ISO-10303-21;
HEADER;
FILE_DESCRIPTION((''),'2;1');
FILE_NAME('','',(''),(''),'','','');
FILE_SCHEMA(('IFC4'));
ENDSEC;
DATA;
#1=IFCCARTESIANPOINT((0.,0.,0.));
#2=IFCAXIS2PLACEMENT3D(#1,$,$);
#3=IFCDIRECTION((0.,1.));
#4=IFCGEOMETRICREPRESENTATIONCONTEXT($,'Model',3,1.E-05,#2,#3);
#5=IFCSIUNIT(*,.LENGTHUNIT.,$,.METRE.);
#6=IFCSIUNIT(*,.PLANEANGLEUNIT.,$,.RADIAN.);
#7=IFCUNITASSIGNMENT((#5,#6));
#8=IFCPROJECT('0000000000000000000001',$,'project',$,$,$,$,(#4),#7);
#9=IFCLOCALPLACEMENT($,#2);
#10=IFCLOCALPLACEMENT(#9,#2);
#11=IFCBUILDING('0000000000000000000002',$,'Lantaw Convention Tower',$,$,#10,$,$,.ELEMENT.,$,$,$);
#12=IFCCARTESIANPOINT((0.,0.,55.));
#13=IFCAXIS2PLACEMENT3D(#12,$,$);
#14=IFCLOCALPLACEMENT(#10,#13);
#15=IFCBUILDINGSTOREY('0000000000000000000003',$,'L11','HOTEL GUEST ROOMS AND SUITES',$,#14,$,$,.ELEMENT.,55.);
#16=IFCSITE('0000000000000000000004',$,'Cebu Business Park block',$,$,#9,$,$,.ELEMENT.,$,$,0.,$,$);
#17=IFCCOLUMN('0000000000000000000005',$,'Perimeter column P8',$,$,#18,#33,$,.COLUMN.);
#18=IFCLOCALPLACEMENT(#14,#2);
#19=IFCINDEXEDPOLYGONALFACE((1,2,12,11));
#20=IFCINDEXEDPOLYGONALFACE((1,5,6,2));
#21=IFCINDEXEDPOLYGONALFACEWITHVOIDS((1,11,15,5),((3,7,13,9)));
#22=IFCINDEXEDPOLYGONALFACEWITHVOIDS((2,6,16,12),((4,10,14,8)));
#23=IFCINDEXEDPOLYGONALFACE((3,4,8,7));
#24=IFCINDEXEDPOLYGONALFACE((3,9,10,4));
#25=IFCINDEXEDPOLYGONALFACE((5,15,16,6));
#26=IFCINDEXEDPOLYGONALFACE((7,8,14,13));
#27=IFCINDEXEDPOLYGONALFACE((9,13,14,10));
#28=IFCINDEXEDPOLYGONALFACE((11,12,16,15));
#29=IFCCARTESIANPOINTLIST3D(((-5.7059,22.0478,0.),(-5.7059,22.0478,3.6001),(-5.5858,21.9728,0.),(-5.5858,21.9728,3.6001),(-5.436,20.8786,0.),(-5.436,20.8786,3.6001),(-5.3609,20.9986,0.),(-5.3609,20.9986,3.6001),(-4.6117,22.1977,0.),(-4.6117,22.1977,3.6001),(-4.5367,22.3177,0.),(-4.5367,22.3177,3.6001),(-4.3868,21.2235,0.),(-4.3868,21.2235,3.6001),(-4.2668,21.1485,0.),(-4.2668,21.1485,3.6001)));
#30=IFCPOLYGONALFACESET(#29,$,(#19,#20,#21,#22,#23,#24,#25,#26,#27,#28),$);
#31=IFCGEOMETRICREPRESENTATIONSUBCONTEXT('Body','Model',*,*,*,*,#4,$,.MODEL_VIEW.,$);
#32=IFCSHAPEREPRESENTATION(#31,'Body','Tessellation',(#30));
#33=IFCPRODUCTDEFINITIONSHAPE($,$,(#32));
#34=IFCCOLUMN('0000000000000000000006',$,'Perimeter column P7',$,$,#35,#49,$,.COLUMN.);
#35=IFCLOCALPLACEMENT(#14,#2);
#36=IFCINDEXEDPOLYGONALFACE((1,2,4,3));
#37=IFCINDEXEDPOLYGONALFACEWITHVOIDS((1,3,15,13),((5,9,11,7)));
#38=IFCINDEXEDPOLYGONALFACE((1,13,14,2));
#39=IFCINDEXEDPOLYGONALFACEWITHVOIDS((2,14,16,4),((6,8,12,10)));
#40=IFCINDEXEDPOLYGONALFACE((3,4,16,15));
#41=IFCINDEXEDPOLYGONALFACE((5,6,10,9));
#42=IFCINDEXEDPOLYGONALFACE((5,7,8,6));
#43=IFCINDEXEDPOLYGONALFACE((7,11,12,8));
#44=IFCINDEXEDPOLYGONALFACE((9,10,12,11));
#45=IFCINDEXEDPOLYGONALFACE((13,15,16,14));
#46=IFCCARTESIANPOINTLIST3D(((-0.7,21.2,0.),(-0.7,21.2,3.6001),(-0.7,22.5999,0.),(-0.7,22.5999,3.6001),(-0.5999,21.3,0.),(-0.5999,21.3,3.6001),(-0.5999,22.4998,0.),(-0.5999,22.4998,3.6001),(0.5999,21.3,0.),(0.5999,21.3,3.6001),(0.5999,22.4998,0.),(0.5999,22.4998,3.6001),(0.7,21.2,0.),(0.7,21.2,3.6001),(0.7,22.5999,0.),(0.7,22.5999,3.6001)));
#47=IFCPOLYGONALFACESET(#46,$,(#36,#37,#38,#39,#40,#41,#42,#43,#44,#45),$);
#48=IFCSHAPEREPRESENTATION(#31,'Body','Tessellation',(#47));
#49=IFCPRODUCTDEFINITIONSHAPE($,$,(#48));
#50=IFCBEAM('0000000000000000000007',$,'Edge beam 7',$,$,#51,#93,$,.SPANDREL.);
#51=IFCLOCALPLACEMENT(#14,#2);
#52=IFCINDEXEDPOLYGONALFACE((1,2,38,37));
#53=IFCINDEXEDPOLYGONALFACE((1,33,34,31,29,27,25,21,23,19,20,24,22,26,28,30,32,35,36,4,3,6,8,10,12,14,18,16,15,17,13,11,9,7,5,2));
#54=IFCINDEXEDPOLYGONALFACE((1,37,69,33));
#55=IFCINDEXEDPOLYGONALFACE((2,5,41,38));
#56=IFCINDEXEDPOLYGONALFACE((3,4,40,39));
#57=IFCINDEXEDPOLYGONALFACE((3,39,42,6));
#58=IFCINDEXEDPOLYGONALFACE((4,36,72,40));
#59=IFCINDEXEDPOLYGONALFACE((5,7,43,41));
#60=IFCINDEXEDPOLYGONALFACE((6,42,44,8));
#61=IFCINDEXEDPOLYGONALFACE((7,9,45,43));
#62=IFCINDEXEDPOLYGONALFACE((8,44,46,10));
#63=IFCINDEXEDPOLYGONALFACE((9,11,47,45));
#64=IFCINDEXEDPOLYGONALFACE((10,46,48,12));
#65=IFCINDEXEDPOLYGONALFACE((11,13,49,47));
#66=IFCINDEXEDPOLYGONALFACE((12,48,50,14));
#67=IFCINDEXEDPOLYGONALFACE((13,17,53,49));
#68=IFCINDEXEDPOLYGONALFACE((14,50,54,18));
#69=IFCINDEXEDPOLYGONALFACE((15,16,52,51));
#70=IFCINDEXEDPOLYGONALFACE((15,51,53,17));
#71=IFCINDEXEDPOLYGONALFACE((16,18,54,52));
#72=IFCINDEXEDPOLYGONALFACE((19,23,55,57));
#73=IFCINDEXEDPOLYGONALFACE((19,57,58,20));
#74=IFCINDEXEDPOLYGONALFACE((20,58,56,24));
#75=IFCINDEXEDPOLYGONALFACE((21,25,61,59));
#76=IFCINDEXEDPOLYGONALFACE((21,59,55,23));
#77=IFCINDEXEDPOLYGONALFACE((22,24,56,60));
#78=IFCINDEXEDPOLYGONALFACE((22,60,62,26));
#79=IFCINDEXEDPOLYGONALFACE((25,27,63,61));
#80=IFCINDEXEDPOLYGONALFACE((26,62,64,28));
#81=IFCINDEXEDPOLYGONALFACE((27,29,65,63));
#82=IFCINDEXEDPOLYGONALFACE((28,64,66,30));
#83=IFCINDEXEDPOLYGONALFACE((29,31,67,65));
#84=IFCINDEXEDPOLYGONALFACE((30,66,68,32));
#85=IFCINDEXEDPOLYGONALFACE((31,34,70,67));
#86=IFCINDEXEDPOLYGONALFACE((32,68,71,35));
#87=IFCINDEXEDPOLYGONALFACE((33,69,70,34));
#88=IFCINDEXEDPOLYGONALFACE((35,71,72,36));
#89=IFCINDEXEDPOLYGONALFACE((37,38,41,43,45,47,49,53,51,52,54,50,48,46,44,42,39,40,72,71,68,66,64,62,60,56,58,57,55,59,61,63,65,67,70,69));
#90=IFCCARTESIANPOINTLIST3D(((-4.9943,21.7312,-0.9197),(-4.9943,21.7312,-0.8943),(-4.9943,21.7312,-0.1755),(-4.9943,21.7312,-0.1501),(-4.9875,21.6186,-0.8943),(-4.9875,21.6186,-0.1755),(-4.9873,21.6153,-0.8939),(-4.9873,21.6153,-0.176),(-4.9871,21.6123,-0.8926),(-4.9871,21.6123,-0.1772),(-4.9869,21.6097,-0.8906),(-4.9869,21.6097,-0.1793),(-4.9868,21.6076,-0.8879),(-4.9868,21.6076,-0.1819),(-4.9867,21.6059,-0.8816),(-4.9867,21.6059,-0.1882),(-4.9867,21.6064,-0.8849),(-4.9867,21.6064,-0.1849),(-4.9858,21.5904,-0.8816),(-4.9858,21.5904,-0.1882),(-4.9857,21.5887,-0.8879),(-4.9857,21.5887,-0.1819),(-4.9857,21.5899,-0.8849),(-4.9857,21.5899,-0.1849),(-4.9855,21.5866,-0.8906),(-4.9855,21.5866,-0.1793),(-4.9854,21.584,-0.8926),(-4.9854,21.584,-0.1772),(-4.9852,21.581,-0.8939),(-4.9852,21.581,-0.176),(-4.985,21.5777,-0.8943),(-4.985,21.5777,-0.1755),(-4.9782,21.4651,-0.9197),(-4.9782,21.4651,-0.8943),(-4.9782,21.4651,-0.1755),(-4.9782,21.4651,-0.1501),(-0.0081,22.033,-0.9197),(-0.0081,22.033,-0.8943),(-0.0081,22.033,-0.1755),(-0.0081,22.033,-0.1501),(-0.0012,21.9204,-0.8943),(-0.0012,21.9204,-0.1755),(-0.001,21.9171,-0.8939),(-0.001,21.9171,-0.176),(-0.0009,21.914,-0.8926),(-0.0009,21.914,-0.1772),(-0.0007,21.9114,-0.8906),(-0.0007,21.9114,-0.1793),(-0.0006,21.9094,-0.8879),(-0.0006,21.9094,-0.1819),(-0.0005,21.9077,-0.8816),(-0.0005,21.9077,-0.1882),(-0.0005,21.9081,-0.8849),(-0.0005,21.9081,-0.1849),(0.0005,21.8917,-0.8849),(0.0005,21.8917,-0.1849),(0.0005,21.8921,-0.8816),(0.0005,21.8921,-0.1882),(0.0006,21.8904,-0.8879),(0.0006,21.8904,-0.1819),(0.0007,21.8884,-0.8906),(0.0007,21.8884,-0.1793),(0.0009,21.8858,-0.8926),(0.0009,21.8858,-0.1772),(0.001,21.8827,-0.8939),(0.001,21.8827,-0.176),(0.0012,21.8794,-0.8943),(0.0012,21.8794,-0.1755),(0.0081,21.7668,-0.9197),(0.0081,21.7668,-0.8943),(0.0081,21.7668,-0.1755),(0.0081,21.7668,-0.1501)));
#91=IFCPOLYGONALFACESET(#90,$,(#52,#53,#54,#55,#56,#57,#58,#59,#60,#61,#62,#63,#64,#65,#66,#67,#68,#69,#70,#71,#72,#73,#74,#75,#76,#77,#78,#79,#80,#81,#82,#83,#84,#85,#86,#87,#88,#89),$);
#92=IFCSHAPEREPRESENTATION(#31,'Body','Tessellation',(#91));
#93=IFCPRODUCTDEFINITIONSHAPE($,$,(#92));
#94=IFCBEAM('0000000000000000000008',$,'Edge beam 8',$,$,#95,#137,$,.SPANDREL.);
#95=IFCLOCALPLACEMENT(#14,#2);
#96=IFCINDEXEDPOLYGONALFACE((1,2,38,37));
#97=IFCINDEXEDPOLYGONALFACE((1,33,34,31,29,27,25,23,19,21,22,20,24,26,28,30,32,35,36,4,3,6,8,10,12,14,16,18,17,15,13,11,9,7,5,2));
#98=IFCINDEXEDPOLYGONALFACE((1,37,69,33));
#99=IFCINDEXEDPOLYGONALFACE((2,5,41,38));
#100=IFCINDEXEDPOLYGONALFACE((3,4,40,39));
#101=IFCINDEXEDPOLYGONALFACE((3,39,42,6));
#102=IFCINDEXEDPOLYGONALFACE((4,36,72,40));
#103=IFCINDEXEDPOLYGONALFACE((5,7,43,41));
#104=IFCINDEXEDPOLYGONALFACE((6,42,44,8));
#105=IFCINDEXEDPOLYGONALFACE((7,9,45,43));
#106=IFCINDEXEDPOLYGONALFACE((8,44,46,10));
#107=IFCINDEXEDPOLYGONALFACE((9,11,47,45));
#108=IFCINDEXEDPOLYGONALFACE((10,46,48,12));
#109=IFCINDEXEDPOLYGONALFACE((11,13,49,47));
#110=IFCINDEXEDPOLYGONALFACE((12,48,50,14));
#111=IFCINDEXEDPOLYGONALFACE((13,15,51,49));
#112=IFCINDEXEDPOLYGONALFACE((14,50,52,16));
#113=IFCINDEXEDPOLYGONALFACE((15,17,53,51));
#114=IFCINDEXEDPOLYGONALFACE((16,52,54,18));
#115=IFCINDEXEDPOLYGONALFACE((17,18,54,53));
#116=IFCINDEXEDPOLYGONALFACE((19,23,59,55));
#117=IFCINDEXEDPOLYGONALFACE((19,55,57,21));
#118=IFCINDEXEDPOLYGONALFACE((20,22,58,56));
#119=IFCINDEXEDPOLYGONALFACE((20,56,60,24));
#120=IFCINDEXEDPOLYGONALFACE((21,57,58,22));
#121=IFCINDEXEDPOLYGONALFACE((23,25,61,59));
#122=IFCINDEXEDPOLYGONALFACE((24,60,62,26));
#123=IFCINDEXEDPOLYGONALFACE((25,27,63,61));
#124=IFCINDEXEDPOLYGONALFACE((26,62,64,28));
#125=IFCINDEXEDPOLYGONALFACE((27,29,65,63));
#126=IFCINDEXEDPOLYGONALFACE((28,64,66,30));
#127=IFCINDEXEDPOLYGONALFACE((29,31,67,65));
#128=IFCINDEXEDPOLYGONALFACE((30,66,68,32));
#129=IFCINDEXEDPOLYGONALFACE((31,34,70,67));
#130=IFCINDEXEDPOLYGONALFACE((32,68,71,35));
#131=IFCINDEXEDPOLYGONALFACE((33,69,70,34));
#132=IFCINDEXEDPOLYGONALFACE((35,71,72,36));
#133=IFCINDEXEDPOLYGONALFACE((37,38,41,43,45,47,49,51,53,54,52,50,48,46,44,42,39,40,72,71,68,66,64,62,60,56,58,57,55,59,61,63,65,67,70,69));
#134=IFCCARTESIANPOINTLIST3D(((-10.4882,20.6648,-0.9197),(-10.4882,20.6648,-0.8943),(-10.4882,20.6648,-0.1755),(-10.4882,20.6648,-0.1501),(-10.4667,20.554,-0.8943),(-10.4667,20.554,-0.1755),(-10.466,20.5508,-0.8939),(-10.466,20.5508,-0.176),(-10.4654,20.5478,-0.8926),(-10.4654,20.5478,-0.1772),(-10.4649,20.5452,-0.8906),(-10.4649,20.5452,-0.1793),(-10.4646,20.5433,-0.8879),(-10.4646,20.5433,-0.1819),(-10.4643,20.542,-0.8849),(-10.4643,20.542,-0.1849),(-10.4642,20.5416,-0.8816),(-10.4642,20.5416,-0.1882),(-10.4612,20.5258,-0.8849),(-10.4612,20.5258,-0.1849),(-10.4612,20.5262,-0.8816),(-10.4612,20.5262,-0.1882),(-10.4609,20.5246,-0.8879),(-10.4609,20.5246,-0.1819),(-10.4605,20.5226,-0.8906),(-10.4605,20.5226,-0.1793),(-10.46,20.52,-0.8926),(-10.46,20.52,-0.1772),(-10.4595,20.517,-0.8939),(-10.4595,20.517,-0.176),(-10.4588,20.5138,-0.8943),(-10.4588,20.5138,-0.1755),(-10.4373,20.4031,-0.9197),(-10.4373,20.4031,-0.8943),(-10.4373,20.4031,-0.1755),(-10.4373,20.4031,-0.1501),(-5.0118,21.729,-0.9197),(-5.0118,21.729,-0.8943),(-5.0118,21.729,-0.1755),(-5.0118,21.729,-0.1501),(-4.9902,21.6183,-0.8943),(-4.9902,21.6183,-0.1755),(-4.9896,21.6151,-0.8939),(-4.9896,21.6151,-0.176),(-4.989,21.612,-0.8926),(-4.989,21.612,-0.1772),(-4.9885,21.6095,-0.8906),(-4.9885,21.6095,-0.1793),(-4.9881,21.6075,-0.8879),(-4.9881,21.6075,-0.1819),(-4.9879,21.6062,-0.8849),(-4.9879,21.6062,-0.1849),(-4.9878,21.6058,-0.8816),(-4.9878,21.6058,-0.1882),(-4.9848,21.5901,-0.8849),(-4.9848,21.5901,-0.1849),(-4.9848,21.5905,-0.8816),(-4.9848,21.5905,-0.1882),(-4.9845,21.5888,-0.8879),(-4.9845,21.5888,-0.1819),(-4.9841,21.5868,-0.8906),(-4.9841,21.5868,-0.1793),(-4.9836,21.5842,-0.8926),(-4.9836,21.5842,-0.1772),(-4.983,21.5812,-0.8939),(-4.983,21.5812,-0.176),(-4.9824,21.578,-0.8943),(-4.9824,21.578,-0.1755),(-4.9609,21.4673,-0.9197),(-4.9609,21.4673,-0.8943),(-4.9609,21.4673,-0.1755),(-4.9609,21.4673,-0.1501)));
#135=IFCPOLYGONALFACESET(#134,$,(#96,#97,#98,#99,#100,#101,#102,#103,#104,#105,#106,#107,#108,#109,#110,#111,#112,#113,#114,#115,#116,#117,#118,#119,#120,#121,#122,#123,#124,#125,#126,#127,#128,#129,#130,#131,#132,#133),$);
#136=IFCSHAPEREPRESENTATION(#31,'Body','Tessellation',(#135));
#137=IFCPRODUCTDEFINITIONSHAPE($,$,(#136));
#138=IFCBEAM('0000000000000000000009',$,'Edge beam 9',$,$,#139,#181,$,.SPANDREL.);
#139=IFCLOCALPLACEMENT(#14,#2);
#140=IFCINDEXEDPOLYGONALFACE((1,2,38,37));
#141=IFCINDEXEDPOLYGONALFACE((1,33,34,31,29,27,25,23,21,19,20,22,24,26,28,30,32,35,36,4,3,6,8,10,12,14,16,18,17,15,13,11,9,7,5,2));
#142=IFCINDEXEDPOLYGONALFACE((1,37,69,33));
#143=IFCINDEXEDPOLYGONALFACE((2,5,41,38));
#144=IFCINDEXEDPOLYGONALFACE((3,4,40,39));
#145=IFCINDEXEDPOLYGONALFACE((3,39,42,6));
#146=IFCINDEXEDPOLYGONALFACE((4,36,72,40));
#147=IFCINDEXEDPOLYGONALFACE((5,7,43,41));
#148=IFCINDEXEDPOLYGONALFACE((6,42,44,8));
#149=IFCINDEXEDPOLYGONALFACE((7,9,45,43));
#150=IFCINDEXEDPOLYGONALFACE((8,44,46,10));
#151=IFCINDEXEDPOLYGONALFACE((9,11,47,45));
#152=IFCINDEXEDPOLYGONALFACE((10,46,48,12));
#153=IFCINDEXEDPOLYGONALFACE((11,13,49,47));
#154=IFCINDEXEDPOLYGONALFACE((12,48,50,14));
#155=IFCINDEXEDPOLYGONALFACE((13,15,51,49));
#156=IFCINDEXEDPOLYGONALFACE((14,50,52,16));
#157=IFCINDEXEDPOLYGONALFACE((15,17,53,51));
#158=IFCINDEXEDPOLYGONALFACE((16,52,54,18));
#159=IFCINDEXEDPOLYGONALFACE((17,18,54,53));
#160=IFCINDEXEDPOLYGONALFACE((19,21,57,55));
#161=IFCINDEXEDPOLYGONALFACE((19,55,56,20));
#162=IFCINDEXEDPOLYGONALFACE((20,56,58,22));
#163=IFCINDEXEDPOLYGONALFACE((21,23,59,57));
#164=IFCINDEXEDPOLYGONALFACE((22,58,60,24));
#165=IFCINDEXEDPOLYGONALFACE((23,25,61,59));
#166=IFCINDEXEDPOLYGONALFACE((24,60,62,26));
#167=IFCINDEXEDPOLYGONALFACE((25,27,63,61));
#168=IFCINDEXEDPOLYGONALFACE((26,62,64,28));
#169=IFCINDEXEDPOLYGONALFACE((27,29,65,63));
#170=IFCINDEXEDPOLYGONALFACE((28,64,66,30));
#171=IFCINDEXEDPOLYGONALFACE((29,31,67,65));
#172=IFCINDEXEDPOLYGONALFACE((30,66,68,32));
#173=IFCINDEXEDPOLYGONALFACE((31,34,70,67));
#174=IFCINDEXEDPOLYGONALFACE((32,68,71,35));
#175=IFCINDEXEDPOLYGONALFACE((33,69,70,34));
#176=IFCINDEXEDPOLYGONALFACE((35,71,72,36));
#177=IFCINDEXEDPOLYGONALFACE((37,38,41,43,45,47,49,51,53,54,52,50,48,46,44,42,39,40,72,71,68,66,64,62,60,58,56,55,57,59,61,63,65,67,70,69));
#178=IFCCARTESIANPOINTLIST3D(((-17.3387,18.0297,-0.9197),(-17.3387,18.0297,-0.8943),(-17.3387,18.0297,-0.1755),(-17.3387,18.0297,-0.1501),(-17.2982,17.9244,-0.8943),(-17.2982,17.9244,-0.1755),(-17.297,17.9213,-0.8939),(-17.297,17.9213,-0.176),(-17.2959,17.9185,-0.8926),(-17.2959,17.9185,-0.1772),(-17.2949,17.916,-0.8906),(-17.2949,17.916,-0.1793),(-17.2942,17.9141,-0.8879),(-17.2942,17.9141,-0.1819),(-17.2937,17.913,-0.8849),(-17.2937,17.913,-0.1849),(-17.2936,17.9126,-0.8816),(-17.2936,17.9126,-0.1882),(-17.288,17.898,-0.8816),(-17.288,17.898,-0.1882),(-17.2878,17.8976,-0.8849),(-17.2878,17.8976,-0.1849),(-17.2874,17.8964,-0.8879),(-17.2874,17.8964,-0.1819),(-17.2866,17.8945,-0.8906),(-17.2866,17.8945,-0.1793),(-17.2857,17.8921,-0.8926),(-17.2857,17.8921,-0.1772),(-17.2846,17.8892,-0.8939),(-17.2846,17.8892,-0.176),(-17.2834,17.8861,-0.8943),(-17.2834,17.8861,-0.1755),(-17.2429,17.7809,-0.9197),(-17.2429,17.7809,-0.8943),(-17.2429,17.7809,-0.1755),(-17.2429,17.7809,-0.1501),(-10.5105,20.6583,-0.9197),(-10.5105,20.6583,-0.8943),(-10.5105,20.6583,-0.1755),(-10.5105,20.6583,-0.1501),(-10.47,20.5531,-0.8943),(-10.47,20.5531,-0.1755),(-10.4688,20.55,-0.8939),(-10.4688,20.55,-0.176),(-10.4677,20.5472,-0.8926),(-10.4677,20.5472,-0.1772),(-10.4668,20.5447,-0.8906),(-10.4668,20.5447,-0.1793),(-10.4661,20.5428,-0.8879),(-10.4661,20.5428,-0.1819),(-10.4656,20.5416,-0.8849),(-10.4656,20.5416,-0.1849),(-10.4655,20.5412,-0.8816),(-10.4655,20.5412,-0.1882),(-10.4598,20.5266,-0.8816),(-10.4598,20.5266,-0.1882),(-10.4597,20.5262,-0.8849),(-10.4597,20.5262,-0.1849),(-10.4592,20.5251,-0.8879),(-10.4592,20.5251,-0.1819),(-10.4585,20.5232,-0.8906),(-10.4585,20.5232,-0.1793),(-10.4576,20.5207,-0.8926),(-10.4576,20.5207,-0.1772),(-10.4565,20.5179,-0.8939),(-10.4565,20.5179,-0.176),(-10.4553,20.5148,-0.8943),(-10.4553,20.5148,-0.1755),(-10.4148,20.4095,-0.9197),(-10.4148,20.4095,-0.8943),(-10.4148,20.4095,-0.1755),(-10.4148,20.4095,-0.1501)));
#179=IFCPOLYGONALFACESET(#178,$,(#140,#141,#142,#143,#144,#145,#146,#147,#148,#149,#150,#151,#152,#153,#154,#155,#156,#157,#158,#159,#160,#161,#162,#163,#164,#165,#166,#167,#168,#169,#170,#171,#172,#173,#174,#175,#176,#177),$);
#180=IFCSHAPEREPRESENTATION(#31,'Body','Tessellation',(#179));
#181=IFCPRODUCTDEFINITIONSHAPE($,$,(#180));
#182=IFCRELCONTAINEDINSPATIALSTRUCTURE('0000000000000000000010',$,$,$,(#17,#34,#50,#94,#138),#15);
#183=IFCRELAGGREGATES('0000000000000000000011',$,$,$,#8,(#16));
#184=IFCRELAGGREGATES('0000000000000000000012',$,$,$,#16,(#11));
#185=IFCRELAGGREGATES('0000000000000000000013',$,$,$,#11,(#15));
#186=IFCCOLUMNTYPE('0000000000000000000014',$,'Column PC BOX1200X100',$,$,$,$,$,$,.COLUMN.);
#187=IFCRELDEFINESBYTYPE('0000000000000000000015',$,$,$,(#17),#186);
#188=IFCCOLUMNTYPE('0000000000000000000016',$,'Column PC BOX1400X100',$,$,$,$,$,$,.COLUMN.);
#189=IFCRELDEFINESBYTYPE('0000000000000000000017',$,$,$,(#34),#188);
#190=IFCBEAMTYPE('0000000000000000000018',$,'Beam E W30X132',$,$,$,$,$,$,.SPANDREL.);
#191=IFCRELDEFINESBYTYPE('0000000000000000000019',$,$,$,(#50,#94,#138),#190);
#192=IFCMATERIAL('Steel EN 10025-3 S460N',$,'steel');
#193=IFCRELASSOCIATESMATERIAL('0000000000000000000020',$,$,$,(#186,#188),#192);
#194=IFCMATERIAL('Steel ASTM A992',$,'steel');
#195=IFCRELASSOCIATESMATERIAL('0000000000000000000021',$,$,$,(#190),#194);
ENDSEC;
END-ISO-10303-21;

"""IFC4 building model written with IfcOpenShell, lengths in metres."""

from ifc_helpers import new_model, si_unit, direction, frame, origin, origin_2d, place, context, subcontext, project, spatial, rectangle, hollow_rectangle, i_section, extrude, material, material_profile, profile_set, type_object, element, save


model = new_model("IFC4")

# Units and contexts
model_context = context("Model", 3, precision=1e-05, world=origin(), true_north=direction((0.0, 1.0)))
body_context = subcontext(model_context, "Body", "Model", "MODEL_VIEW")
ifc_project = project(units=[si_unit("LENGTHUNIT", "METRE"), si_unit("PLANEANGLEUNIT", "RADIAN")], contexts=[model_context])

# Site, building, storey
site_placement = place(None, origin())
site = spatial("IfcSite", under=ifc_project, at=site_placement, Name="Cebu Business Park block", CompositionType="ELEMENT", RefElevation=0.0)
building_placement = place(site_placement, origin())
building = spatial("IfcBuilding", under=site, at=building_placement, Name="Lantaw Convention Tower", CompositionType="ELEMENT")
storey_placement = place(building_placement, frame((0.0, 0.0, 55.0)))
storey = spatial("IfcBuildingStorey", under=building, at=storey_placement, Name="L11", Description="HOTEL GUEST ROOMS AND SUITES", CompositionType="ELEMENT", Elevation=55.0)

# Columns
ifc_material_1 = material(Name="Steel EN 10025-3 S460N", Category="steel")
ifc_material_profile_1 = material_profile(ifc_material_1, hollow_rectangle(XDim=1.2, YDim=1.2, WallThickness=0.1001, at=origin_2d()), Name="BOX1200X100")
ifc_material_2 = material(Name="Concrete C60/75", Category="concrete")
ifc_material_profile_2 = material_profile(ifc_material_2, rectangle(XDim=1.0, YDim=1.0, at=origin_2d()), Name="Concrete fill of BOX1200X100")
ifc_profile_set_1 = profile_set([ifc_material_profile_1, ifc_material_profile_2], Name="Steel EN 10025-3 S460N")
column_type_1 = type_object("IfcColumnType", Name="Column PC BOX1200X100", PredefinedType="COLUMN", material=ifc_profile_set_1)
column_1_placement = place(storey_placement, frame((-4.9863, 21.5981, 0.0), z_axis=(0.0, 0.0, 1.0), x_axis=(0.97437, 0.224951, 0.0)))
element("IfcColumn", 1, at=column_1_placement, inside=storey, type_object=column_type_1, Name="Perimeter column P8", PredefinedType="COLUMN", context=body_context, shape_type="SweptSolid", body=[
    extrude(hollow_rectangle(XDim=1.2, YDim=1.2, WallThickness=0.1001, at=origin_2d()), origin(), (0.0, 0.0, 1.0), 3.6001),
])
ifc_material_profile_3 = material_profile(ifc_material_1, hollow_rectangle(XDim=1.3999, YDim=1.3999, WallThickness=0.1001, at=origin_2d()), Name="BOX1400X100")
ifc_material_profile_4 = material_profile(ifc_material_2, rectangle(XDim=1.2, YDim=1.2, at=origin_2d()), Name="Concrete fill of BOX1400X100")
ifc_profile_set_2 = profile_set([ifc_material_profile_3, ifc_material_profile_4], Name="Steel EN 10025-3 S460N")
column_type_2 = type_object("IfcColumnType", Name="Column PC BOX1400X100", PredefinedType="COLUMN", material=ifc_profile_set_2)
column_2_placement = place(storey_placement, frame((0.0, 21.8999, 0.0), z_axis=(0.0, 0.0, 1.0), x_axis=(1.0, 0.0, 0.0)))
element("IfcColumn", 2, at=column_2_placement, inside=storey, type_object=column_type_2, Name="Perimeter column P7", PredefinedType="COLUMN", context=body_context, shape_type="SweptSolid", body=[
    extrude(hollow_rectangle(XDim=1.3999, YDim=1.3999, WallThickness=0.1001, at=origin_2d()), origin(), (0.0, 0.0, 1.0), 3.6001),
])

# Beams
ifc_material_3 = material(Name="Steel ASTM A992", Category="steel")
ifc_material_profile_5 = material_profile(ifc_material_3, i_section(OverallWidth=0.2666, OverallDepth=0.7695, WebThickness=0.0156, FlangeThickness=0.0254, FilletRadius=0.0127, at=origin_2d()), Name="W30X132")
ifc_profile_set_3 = profile_set([ifc_material_profile_5], Name="Steel ASTM A992")
beam_type_1 = type_object("IfcBeamType", Name="Beam E W30X132", PredefinedType="SPANDREL", material=ifc_profile_set_3)
beam_1_placement = place(storey_placement, frame((0.0, 21.8999, -0.5349), z_axis=(-0.998174, -0.060407, 0.0), x_axis=(0.060407, -0.998174, 0.0)))
element("IfcBeam", 3, at=beam_1_placement, inside=storey, type_object=beam_type_1, Name="Edge beam 7", PredefinedType="SPANDREL", context=body_context, shape_type="SweptSolid", body=[
    extrude(i_section(OverallWidth=0.2666, OverallDepth=0.7695, WebThickness=0.0156, FlangeThickness=0.0254, FilletRadius=0.0127, at=origin_2d()), origin(), (0.0, 0.0, 1.0), 4.9954),
])
beam_2_placement = place(storey_placement, frame((-4.9863, 21.5981, -0.5349), z_axis=(-0.981637, -0.190761, 0.0), x_axis=(0.190761, -0.981637, 0.0)))
element("IfcBeam", 4, at=beam_2_placement, inside=storey, type_object=beam_type_1, Name="Edge beam 8", PredefinedType="SPANDREL", context=body_context, shape_type="SweptSolid", body=[
    extrude(i_section(OverallWidth=0.2666, OverallDepth=0.7695, WebThickness=0.0156, FlangeThickness=0.0254, FilletRadius=0.0127, at=origin_2d()), origin(), (0.0, 0.0, 1.0), 5.5789),
])
beam_3_placement = place(storey_placement, frame((-10.4626, 20.5339, -0.5349), z_axis=(-0.933233, -0.359272, 0.0), x_axis=(0.359272, -0.933233, 0.0)))
element("IfcBeam", 5, at=beam_3_placement, inside=storey, type_object=beam_type_1, Name="Edge beam 9", PredefinedType="SPANDREL", context=body_context, shape_type="SweptSolid", body=[
    extrude(i_section(OverallWidth=0.2666, OverallDepth=0.7695, WebThickness=0.0156, FlangeThickness=0.0254, FilletRadius=0.0127, at=origin_2d()), origin(), (0.0, 0.0, 1.0), 7.3167),
])

save(model, "model.ifc")
